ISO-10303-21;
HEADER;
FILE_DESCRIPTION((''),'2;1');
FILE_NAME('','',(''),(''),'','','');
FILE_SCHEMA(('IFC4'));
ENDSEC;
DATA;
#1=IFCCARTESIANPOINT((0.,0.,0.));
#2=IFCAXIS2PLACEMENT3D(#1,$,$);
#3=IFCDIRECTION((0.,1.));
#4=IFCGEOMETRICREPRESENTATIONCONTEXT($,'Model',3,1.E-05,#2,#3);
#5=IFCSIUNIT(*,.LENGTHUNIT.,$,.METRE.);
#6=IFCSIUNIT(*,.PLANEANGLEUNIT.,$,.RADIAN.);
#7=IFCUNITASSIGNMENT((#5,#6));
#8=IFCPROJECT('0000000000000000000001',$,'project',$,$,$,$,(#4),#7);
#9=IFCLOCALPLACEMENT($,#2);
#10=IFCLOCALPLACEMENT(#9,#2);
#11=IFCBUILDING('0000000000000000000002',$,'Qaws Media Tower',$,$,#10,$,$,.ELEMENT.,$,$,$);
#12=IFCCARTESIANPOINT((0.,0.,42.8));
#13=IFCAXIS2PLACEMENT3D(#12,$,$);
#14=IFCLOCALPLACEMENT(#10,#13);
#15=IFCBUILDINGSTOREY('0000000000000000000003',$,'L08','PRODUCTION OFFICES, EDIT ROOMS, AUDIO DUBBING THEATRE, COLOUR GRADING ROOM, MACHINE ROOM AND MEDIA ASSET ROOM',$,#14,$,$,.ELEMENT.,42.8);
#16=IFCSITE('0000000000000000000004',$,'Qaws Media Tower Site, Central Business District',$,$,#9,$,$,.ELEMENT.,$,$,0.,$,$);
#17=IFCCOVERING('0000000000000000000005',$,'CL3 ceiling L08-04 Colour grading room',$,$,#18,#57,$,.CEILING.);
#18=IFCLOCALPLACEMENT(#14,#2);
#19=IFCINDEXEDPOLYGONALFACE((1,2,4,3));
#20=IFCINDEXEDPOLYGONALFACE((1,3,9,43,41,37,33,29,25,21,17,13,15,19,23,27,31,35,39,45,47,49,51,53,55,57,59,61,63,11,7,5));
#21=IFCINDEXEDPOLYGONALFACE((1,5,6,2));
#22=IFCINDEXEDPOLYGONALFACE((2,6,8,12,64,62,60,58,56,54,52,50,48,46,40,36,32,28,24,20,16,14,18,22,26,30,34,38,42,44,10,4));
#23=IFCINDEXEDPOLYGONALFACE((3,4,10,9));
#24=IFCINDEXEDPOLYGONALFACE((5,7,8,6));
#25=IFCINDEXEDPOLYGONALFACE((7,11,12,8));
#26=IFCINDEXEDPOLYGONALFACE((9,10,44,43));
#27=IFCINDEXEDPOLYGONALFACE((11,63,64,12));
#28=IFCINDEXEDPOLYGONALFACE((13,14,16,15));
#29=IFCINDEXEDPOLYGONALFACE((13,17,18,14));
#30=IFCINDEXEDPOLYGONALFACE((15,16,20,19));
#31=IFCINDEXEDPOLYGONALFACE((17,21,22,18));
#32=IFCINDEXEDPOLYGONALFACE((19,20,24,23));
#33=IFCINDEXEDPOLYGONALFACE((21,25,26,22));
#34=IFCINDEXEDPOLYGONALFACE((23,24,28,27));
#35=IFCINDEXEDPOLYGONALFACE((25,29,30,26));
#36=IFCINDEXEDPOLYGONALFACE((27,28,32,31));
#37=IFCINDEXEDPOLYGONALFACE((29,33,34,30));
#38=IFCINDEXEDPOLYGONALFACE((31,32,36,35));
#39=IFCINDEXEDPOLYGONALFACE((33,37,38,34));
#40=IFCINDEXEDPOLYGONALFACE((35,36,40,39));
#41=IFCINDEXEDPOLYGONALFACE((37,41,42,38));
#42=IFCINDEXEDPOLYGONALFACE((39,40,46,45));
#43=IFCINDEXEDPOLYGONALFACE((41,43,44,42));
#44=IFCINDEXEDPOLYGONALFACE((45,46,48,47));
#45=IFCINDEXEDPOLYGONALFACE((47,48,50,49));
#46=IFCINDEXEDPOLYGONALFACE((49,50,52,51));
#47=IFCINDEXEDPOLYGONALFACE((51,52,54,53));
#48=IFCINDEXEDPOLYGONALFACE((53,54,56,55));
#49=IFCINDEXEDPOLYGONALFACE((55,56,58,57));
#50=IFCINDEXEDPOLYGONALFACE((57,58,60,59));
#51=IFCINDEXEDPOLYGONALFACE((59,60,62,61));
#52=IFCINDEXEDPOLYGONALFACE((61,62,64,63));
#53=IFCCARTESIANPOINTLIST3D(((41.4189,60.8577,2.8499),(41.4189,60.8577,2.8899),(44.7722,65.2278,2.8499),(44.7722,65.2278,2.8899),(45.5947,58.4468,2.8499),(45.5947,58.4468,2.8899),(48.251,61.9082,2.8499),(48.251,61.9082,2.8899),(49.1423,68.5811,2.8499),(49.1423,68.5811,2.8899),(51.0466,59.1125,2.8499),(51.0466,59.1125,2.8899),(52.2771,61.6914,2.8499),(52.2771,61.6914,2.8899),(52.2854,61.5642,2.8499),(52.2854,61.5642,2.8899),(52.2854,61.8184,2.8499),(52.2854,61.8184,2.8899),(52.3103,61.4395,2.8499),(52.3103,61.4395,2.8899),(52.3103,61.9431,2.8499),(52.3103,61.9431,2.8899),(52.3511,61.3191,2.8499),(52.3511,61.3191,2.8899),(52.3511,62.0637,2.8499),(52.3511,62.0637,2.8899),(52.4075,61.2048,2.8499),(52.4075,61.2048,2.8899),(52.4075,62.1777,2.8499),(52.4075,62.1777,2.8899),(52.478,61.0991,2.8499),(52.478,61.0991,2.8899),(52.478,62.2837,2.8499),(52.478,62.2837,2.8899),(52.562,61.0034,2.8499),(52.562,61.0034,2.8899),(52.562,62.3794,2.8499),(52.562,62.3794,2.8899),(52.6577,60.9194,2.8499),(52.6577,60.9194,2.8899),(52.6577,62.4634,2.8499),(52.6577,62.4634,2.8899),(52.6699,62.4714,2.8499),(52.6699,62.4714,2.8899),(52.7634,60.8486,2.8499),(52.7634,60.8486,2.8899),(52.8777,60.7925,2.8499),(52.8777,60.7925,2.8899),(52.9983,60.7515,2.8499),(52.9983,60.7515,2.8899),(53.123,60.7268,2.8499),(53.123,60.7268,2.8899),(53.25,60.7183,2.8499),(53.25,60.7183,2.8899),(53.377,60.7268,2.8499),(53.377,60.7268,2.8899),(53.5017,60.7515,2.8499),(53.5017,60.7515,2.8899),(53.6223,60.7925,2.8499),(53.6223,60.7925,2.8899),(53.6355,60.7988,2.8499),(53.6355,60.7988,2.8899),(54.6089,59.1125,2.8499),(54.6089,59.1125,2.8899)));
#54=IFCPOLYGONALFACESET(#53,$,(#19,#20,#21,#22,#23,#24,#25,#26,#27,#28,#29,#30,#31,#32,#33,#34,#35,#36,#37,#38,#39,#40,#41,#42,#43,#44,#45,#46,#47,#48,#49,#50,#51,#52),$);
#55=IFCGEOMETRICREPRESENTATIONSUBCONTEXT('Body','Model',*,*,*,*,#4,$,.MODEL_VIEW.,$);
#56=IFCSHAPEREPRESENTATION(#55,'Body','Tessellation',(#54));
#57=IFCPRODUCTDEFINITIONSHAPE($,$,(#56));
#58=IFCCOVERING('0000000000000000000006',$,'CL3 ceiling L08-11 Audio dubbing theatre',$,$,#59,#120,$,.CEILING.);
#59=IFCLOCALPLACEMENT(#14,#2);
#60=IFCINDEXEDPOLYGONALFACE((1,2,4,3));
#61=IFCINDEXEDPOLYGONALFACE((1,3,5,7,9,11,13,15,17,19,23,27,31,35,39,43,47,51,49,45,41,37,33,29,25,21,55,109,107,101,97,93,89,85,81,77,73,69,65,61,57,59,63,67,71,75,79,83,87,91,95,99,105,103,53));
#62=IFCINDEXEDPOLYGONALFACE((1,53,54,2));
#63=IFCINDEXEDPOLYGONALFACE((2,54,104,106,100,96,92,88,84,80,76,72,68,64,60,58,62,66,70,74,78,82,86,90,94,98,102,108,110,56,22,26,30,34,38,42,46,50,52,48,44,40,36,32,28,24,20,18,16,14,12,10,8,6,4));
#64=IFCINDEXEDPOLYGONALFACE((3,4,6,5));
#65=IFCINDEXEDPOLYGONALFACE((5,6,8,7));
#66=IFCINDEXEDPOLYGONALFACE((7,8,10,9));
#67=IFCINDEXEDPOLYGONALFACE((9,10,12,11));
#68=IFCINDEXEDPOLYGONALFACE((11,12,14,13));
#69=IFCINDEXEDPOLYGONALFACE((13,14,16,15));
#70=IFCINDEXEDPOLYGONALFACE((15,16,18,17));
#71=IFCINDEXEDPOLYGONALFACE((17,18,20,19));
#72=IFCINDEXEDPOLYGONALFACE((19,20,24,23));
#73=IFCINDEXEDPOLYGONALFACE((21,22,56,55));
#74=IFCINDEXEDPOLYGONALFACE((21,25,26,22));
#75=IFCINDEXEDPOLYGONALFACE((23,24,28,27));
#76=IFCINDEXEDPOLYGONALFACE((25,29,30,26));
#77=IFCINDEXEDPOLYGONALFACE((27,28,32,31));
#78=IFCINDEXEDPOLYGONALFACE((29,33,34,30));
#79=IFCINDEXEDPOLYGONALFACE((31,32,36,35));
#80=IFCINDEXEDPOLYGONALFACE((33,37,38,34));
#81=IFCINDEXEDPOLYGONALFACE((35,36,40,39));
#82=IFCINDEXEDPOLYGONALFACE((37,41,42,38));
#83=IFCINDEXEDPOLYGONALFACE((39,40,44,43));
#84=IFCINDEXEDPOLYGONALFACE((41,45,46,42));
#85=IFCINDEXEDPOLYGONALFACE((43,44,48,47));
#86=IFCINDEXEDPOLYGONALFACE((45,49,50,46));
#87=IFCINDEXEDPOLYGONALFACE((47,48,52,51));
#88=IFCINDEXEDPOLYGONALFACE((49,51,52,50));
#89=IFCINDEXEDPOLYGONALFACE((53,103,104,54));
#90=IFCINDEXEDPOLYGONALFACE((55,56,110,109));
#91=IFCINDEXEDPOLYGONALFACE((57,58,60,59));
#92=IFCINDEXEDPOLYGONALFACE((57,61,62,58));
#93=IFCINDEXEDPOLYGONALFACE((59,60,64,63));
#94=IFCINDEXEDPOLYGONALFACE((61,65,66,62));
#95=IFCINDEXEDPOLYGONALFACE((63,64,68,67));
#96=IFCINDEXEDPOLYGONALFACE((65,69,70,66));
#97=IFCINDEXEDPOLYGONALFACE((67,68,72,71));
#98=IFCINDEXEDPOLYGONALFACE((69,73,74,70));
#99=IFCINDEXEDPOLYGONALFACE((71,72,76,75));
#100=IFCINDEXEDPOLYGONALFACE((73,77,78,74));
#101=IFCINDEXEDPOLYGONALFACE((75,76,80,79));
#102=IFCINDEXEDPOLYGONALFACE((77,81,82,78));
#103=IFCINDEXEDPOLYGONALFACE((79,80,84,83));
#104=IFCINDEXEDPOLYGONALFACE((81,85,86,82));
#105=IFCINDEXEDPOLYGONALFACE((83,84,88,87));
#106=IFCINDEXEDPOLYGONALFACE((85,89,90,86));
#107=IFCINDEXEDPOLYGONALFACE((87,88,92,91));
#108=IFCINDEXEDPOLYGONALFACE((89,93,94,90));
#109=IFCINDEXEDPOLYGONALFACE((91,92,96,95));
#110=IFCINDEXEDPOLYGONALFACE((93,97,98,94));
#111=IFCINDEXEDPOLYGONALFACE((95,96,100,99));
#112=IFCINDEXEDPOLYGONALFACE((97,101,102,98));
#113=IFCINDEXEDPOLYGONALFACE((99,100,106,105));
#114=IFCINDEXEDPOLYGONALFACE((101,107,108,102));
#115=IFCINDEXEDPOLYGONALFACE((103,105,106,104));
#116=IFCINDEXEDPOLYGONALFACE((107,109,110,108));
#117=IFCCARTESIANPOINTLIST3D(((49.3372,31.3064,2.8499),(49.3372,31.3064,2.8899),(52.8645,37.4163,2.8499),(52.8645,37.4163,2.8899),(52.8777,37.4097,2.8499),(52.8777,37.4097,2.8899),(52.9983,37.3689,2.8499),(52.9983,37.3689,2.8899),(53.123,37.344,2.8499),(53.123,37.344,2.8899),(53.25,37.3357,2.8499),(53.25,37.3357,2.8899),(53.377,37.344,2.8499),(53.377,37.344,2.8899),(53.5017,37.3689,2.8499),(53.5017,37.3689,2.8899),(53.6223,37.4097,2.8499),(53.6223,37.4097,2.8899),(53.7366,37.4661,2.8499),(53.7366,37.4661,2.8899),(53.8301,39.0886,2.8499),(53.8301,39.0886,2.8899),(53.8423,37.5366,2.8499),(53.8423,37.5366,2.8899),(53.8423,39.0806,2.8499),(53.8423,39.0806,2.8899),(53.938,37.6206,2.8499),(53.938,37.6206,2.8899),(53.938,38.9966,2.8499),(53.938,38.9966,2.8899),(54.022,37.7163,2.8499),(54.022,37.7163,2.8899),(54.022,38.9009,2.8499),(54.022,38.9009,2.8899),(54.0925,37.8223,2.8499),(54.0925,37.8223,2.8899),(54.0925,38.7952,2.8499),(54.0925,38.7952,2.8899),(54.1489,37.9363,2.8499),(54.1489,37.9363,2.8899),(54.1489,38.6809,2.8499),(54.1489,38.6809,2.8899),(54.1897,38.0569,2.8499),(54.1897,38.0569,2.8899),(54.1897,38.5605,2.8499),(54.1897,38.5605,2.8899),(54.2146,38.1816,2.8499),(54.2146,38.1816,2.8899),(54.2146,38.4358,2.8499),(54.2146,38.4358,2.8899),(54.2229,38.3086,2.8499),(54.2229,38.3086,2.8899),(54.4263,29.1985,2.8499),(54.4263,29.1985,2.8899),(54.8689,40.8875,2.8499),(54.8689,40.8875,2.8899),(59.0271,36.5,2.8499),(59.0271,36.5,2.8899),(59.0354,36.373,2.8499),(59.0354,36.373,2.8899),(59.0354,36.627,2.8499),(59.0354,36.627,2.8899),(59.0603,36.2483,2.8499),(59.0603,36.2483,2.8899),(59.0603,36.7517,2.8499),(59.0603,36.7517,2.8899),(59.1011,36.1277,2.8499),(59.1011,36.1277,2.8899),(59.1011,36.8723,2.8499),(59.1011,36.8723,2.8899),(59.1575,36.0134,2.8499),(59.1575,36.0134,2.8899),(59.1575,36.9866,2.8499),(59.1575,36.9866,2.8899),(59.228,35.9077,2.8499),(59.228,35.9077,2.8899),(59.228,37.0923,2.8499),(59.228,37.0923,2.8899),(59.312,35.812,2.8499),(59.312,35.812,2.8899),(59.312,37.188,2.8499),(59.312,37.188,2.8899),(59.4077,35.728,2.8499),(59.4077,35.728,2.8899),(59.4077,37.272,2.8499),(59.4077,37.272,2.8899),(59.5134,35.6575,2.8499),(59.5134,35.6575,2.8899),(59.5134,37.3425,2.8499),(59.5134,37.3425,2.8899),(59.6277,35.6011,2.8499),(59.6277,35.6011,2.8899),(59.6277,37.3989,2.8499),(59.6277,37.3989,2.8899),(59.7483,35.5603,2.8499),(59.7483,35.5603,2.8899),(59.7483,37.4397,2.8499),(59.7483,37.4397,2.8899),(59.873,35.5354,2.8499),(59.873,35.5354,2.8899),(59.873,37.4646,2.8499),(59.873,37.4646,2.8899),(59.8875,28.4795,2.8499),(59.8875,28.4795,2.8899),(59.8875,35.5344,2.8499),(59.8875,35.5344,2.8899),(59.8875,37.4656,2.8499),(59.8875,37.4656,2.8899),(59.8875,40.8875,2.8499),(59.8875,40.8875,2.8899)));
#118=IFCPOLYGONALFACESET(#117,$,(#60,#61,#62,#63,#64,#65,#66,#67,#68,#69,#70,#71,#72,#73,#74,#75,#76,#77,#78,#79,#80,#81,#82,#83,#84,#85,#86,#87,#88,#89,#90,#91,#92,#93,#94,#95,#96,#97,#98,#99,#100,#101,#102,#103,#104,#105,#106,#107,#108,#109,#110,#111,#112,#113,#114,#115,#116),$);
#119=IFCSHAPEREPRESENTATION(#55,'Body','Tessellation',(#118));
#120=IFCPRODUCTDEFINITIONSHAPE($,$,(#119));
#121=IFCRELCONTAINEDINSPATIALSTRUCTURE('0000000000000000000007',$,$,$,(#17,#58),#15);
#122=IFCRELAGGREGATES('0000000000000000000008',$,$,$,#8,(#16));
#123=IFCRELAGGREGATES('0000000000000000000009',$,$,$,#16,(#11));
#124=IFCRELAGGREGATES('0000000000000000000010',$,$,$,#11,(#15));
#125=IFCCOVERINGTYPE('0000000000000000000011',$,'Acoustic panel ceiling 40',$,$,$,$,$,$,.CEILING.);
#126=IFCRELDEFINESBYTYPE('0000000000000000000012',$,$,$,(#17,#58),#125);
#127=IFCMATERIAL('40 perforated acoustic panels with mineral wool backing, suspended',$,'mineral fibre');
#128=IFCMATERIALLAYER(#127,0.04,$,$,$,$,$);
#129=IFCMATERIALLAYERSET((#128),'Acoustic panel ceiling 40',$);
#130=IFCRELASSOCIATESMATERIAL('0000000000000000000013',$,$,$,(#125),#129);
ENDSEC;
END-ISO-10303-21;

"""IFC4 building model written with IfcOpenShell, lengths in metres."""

from ifc_helpers import new_model, si_unit, direction, frame, origin, place, context, subcontext, project, spatial, polyline, outline, extrude, material, layer, layer_set, type_object, element, save


model = new_model("IFC4")

# Units and contexts
model_context = context("Model", 3, precision=1e-05, world=origin(), true_north=direction((0.0, 1.0)))
body_context = subcontext(model_context, "Body", "Model", "MODEL_VIEW")
ifc_project = project(units=[si_unit("LENGTHUNIT", "METRE"), si_unit("PLANEANGLEUNIT", "RADIAN")], contexts=[model_context])

# Site, building, storey
site_placement = place(None, origin())
site = spatial("IfcSite", under=ifc_project, at=site_placement, Name="Qaws Media Tower Site, Central Business District", CompositionType="ELEMENT", RefElevation=0.0)
building_placement = place(site_placement, origin())
building = spatial("IfcBuilding", under=site, at=building_placement, Name="Qaws Media Tower", CompositionType="ELEMENT")
storey_placement = place(building_placement, frame((0.0, 0.0, 42.8)))
storey = spatial("IfcBuildingStorey", under=building, at=storey_placement, Name="L08", Description="PRODUCTION OFFICES, EDIT ROOMS, AUDIO DUBBING THEATRE, COLOUR GRADING ROOM, MACHINE ROOM AND MEDIA ASSET ROOM", CompositionType="ELEMENT", Elevation=42.8)

# Coverings
ifc_material_1 = material(Name="40 perforated acoustic panels with mineral wool backing, suspended", Category="mineral fibre")
ifc_layer_1 = layer(ifc_material_1, 0.04)
ifc_layer_set_1 = layer_set([ifc_layer_1], Name="Acoustic panel ceiling 40")
covering_type_1 = type_object("IfcCoveringType", Name="Acoustic panel ceiling 40", PredefinedType="CEILING", material=ifc_layer_set_1)
covering_1_placement = place(storey_placement, frame((0.0, 0.0, 2.8499)))
element("IfcCovering", 1, at=covering_1_placement, inside=storey, type_object=covering_type_1, Name="CL3 ceiling L08-04 Colour grading room", PredefinedType="CEILING", context=body_context, shape_type="SweptSolid", body=[
    extrude(outline(polyline([(44.7722, 65.2278), (49.1423, 68.5811), (52.6699, 62.4714), (52.6577, 62.4634), (52.562, 62.3794), (52.478, 62.2837), (52.4075, 62.1777), (52.3511, 62.0637), (52.3103, 61.9431), (52.2854, 61.8184), (52.2771, 61.6914), (52.2854, 61.5642), (52.3103, 61.4395), (52.3511, 61.3191), (52.4075, 61.2048), (52.478, 61.0991), (52.562, 61.0034), (52.6577, 60.9194), (52.7634, 60.8486), (52.8777, 60.7925), (52.9983, 60.7515), (53.123, 60.7268), (53.25, 60.7183), (53.377, 60.7268), (53.5017, 60.7515), (53.6223, 60.7925), (53.6355, 60.7988), (54.6089, 59.1125), (51.0466, 59.1125), (48.251, 61.9082), (45.5947, 58.4468), (41.4189, 60.8577), (44.7722, 65.2278)])), origin(), (0.0, 0.0, 1.0), 0.04),
])
covering_2_placement = place(storey_placement, frame((0.0, 0.0, 2.8499)))
element("IfcCovering", 2, at=covering_2_placement, inside=storey, type_object=covering_type_1, Name="CL3 ceiling L08-11 Audio dubbing theatre", PredefinedType="CEILING", context=body_context, shape_type="SweptSolid", body=[
    extrude(outline(polyline([(54.4263, 29.1985), (49.3372, 31.3064), (52.8645, 37.4163), (52.8777, 37.4097), (52.9983, 37.3689), (53.123, 37.344), (53.25, 37.3357), (53.377, 37.344), (53.5017, 37.3689), (53.6223, 37.4097), (53.7366, 37.4661), (53.8423, 37.5366), (53.938, 37.6206), (54.022, 37.7163), (54.0925, 37.8223), (54.1489, 37.9363), (54.1897, 38.0569), (54.2146, 38.1816), (54.2229, 38.3086), (54.2146, 38.4358), (54.1897, 38.5605), (54.1489, 38.6809), (54.0925, 38.7952), (54.022, 38.9009), (53.938, 38.9966), (53.8423, 39.0806), (53.8301, 39.0886), (54.8689, 40.8875), (59.8875, 40.8875), (59.8875, 37.4656), (59.873, 37.4646), (59.7483, 37.4397), (59.6277, 37.3989), (59.5134, 37.3425), (59.4077, 37.272), (59.312, 37.188), (59.228, 37.0923), (59.1575, 36.9866), (59.1011, 36.8723), (59.0603, 36.7517), (59.0354, 36.627), (59.0271, 36.5), (59.0354, 36.373), (59.0603, 36.2483), (59.1011, 36.1277), (59.1575, 36.0134), (59.228, 35.9077), (59.312, 35.812), (59.4077, 35.728), (59.5134, 35.6575), (59.6277, 35.6011), (59.7483, 35.5603), (59.873, 35.5354), (59.8875, 35.5344), (59.8875, 28.4795), (54.4263, 29.1985)])), origin(), (0.0, 0.0, 1.0), 0.04),
])

save(model, "model.ifc")
